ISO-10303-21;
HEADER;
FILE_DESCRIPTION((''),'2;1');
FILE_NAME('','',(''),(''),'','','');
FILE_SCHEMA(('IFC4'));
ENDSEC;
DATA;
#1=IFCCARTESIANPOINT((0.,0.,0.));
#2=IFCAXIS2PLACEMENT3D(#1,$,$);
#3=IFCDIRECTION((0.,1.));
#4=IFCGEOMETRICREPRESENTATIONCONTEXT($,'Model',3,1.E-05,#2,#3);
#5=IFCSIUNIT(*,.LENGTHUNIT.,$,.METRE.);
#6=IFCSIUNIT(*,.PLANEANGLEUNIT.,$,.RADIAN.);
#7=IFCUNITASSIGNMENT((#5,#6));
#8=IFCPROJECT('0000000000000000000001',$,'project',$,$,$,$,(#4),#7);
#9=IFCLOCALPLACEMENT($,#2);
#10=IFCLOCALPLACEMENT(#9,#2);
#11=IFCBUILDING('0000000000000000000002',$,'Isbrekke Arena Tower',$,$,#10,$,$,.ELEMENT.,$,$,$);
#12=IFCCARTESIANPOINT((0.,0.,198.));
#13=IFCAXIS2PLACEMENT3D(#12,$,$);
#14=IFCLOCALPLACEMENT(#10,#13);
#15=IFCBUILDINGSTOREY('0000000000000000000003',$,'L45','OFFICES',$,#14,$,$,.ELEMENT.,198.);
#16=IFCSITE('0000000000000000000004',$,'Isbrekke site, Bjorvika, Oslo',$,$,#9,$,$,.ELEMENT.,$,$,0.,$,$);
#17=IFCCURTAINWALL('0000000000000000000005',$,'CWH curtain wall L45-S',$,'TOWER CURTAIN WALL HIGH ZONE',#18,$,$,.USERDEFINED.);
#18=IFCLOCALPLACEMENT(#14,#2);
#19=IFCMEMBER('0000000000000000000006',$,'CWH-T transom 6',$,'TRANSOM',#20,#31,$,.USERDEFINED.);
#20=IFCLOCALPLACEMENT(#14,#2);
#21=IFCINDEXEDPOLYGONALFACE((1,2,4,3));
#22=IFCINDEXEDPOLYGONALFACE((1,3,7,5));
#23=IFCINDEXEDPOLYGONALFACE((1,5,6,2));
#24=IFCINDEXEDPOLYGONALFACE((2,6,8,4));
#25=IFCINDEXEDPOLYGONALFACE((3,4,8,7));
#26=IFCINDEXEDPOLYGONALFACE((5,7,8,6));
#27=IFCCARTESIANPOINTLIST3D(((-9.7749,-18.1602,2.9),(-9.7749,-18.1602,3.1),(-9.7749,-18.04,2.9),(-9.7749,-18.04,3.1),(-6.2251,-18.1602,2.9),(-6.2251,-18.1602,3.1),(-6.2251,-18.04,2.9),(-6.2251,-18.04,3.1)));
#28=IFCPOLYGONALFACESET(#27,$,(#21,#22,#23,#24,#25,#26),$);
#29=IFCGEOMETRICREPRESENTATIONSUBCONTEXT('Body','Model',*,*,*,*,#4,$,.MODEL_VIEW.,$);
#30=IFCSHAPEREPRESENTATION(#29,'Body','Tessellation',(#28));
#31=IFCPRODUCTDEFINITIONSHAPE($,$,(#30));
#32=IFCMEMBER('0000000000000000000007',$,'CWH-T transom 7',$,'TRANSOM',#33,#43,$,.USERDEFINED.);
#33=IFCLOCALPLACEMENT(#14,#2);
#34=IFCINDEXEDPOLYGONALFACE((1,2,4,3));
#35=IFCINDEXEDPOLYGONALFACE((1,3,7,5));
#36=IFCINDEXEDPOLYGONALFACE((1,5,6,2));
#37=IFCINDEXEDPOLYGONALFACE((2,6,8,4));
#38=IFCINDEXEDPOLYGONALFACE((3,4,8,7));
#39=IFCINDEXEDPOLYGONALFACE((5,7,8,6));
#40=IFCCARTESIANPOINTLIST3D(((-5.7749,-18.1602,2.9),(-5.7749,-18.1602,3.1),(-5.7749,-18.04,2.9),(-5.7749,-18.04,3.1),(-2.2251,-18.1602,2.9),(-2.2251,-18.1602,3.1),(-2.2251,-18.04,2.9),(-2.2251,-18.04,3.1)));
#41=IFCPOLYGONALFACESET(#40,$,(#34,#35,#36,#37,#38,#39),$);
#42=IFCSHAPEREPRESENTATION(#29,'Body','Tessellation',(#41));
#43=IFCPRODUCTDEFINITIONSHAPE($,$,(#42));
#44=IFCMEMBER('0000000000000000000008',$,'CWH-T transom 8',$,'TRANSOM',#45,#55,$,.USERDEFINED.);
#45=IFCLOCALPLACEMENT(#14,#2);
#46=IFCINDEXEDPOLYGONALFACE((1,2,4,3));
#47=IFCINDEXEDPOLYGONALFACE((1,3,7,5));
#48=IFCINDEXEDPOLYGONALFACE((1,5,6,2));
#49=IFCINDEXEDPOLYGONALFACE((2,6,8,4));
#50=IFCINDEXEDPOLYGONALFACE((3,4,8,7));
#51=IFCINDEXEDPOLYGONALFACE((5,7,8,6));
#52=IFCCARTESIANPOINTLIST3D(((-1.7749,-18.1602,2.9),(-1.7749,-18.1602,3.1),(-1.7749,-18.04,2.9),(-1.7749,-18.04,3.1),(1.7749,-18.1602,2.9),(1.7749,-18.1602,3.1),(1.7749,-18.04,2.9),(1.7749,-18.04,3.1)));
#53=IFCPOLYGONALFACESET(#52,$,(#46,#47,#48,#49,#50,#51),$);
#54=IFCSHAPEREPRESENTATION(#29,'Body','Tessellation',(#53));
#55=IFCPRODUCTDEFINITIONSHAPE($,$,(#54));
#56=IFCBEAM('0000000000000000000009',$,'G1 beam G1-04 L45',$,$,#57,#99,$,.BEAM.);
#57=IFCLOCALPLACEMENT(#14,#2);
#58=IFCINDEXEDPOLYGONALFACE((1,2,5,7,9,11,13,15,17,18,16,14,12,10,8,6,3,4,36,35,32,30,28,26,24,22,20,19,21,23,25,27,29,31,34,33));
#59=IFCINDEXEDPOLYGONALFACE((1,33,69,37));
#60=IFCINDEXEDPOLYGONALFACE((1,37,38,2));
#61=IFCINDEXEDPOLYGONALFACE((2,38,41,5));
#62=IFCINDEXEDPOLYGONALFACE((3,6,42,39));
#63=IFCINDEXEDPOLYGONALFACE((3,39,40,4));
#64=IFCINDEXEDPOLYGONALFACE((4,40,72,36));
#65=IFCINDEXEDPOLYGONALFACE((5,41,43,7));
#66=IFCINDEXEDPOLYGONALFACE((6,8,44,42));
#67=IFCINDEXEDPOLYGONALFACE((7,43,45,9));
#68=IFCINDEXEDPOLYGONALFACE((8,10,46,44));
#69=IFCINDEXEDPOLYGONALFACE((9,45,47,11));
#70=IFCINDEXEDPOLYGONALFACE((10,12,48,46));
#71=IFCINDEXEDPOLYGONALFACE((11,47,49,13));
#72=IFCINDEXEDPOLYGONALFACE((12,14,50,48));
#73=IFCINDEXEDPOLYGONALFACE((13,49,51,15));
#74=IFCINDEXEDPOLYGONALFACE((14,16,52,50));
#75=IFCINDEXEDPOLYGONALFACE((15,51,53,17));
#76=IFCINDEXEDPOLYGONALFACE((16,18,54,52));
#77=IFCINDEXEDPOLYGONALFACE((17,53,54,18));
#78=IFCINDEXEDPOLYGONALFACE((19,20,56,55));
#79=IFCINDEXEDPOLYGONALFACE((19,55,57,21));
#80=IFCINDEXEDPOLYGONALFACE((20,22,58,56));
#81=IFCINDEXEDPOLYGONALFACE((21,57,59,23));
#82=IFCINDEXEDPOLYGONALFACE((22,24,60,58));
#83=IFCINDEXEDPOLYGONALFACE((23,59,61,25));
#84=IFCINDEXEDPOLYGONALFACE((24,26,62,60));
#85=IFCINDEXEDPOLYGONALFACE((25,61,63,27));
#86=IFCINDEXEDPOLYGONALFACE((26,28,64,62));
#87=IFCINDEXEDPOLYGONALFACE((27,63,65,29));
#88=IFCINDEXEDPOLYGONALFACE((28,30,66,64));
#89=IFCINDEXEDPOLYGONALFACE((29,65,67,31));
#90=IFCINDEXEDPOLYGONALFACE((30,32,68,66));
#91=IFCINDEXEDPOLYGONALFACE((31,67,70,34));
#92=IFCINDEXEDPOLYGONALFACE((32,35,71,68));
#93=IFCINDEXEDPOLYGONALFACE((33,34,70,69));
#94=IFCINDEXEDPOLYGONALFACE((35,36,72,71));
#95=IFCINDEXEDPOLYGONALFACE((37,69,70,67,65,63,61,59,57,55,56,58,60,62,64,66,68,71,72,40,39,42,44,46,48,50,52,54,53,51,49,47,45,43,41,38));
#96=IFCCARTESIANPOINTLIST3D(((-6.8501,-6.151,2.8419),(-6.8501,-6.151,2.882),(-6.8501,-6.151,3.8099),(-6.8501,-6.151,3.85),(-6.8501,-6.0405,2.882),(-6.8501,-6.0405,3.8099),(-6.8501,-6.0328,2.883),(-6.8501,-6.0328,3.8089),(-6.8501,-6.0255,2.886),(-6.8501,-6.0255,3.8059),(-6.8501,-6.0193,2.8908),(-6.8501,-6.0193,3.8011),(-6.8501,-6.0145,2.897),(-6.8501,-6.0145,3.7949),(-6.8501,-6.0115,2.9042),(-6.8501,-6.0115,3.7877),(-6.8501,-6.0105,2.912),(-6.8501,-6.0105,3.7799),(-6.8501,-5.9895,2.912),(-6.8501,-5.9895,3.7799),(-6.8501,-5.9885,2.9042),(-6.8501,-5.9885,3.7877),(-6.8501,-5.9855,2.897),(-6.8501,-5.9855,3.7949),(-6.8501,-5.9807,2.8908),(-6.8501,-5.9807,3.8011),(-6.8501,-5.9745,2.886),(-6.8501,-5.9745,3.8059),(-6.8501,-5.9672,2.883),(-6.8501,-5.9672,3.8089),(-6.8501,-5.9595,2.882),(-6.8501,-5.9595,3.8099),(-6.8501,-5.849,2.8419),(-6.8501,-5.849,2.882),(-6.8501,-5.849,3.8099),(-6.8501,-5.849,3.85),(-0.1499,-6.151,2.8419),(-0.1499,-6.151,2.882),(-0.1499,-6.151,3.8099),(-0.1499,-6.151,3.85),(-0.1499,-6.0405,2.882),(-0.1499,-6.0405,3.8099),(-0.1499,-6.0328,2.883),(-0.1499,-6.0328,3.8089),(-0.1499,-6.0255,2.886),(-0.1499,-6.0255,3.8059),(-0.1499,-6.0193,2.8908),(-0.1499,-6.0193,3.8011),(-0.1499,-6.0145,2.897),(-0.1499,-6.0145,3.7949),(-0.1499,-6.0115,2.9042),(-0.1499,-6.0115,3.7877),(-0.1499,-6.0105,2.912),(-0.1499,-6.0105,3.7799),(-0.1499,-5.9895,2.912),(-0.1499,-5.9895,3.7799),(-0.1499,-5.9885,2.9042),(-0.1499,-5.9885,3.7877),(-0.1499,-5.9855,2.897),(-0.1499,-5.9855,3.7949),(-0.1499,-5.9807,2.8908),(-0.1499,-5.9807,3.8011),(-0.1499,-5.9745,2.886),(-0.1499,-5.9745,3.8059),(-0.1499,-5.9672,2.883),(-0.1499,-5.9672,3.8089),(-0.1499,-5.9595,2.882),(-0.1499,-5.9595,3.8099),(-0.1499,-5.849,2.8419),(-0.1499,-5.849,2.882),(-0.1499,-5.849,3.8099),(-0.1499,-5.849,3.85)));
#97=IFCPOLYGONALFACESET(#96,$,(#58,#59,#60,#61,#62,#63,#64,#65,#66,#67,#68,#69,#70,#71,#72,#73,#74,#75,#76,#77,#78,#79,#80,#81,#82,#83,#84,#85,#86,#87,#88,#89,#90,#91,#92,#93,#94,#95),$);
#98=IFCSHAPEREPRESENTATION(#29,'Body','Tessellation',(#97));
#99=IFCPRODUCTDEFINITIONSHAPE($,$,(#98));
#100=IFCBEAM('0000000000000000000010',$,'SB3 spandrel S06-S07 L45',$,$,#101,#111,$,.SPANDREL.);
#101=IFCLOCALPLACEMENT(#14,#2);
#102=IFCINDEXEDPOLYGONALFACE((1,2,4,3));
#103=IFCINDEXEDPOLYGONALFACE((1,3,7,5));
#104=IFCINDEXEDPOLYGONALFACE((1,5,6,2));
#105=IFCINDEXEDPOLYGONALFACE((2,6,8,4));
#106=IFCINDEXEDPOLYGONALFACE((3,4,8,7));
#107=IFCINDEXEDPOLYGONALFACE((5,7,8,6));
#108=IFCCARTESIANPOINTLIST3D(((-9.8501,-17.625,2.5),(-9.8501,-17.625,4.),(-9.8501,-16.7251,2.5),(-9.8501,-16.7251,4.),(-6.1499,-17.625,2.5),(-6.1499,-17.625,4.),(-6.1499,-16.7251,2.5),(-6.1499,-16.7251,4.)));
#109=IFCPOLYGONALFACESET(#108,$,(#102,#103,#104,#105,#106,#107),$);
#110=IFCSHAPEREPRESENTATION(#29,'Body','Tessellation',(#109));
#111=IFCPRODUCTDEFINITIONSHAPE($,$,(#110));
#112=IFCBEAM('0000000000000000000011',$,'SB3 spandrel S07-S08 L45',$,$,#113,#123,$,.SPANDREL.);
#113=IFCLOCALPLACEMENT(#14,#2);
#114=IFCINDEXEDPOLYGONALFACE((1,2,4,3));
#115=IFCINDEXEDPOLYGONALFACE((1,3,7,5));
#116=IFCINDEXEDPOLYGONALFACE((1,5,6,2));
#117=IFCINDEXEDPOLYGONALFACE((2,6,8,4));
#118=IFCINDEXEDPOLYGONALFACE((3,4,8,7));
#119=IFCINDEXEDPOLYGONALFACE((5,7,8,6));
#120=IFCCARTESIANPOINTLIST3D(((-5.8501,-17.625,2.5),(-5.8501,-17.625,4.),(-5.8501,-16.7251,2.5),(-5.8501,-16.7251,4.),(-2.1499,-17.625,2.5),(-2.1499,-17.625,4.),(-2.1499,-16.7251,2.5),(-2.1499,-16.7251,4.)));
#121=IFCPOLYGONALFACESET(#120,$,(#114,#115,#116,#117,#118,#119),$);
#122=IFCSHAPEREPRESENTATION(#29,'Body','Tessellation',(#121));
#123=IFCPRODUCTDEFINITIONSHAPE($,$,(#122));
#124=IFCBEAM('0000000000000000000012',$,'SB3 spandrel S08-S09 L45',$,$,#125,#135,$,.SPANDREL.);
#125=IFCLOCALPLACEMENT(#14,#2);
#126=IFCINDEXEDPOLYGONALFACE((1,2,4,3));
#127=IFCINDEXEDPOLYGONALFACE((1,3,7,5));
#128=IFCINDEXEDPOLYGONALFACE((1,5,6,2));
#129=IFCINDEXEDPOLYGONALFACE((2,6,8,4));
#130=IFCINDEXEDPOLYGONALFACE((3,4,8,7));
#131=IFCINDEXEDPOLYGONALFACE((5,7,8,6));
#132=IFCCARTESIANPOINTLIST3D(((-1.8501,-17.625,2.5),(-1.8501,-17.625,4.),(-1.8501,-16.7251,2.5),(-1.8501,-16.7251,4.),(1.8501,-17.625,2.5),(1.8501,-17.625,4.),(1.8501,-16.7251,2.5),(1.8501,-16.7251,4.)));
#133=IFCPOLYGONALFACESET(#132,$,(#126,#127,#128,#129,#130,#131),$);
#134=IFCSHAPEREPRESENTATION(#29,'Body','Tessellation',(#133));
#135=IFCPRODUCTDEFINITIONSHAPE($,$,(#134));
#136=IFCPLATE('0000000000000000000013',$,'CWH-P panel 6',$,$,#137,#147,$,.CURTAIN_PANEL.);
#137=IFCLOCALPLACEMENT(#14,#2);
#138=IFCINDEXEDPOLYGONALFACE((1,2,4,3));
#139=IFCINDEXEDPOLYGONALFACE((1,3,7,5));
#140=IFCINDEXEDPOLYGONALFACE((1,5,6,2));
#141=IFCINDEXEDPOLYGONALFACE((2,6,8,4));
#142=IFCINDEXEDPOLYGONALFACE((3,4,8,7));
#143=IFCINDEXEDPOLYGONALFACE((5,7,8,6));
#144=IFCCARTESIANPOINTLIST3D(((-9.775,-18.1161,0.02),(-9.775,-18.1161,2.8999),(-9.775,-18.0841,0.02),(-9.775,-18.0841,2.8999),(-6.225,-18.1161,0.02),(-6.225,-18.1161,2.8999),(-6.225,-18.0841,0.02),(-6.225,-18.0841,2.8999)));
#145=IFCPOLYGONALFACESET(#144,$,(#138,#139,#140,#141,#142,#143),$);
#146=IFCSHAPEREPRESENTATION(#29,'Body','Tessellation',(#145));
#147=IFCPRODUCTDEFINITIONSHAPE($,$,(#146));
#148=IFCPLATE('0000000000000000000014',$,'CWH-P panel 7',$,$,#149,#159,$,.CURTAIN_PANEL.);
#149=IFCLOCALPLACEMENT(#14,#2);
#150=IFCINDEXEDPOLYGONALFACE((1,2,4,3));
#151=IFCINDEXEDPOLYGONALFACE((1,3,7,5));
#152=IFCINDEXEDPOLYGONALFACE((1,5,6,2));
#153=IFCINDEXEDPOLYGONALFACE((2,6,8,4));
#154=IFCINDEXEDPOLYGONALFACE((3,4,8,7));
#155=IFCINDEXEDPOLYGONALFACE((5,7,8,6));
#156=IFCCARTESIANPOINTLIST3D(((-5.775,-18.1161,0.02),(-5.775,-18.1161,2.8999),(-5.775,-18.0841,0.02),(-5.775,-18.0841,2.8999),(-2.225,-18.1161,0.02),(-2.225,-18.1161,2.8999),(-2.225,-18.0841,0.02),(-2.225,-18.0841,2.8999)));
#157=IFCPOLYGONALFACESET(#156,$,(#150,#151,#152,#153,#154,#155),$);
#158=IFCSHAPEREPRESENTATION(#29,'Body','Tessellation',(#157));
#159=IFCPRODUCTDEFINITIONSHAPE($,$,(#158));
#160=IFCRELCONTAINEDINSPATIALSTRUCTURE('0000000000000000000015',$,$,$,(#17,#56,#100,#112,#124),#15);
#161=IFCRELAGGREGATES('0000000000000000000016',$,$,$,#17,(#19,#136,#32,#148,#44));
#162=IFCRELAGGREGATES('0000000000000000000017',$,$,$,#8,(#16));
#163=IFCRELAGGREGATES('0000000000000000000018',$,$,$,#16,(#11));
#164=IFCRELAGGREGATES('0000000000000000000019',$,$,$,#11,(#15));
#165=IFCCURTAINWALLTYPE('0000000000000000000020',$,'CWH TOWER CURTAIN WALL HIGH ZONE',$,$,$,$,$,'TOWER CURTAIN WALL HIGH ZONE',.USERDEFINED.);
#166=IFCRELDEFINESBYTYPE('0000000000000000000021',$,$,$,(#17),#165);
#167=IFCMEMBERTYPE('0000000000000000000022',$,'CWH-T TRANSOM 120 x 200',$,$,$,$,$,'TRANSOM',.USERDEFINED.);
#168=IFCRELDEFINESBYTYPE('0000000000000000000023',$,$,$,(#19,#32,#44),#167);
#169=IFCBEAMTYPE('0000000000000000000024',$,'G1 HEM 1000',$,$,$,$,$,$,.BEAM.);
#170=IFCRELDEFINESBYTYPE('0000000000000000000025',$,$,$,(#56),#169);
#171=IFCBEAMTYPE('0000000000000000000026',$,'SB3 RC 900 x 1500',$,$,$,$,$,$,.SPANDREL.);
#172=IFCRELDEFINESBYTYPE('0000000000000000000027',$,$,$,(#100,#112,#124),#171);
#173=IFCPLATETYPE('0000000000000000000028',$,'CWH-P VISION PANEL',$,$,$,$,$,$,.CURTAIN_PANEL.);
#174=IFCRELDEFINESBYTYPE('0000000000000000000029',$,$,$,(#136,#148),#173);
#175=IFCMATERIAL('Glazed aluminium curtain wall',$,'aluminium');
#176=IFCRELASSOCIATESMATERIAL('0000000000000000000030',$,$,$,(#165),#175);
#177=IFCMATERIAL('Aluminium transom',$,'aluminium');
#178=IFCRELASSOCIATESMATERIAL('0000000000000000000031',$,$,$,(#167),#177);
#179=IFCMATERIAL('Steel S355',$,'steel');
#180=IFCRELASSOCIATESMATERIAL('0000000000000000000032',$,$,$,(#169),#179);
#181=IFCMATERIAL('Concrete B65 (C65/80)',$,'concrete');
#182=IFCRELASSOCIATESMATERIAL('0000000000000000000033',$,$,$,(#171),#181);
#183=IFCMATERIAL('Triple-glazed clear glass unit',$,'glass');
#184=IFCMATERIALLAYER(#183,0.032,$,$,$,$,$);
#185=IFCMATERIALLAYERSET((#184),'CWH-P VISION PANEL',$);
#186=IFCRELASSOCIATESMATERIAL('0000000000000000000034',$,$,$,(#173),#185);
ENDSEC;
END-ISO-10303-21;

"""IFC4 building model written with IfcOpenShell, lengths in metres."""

from ifc_helpers import new_model, si_unit, direction, frame, origin, origin_2d, place, context, subcontext, project, spatial, rectangle, i_section, extrude, material, layer, layer_set, material_profile, profile_set, type_object, element, aggregate, save


model = new_model("IFC4")

# Units and contexts
model_context = context("Model", 3, precision=1e-05, world=origin(), true_north=direction((0.0, 1.0)))
body_context = subcontext(model_context, "Body", "Model", "MODEL_VIEW")
ifc_project = project(units=[si_unit("LENGTHUNIT", "METRE"), si_unit("PLANEANGLEUNIT", "RADIAN")], contexts=[model_context])

# Site, building, storey
site_placement = place(None, origin())
site = spatial("IfcSite", under=ifc_project, at=site_placement, Name="Isbrekke site, Bjorvika, Oslo", CompositionType="ELEMENT", RefElevation=0.0)
building_placement = place(site_placement, origin())
building = spatial("IfcBuilding", under=site, at=building_placement, Name="Isbrekke Arena Tower", CompositionType="ELEMENT")
storey_placement = place(building_placement, frame((0.0, 0.0, 198.0)))
storey = spatial("IfcBuildingStorey", under=building, at=storey_placement, Name="L45", Description="OFFICES", CompositionType="ELEMENT", Elevation=198.0)

# Curtain wall, members
ifc_material_1 = material(Name="Glazed aluminium curtain wall", Category="aluminium")
curtain_wall_type = type_object("IfcCurtainWallType", Name="CWH TOWER CURTAIN WALL HIGH ZONE", ElementType="TOWER CURTAIN WALL HIGH ZONE", PredefinedType="USERDEFINED", material=ifc_material_1)
curtain_wall_placement = place(storey_placement, origin())
curtain_wall = element("IfcCurtainWall", 1, at=curtain_wall_placement, inside=storey, type_object=curtain_wall_type, Name="CWH curtain wall L45-S", ObjectType="TOWER CURTAIN WALL HIGH ZONE", PredefinedType="USERDEFINED")
ifc_material_2 = material(Name="Aluminium transom", Category="aluminium")
ifc_material_profile_1 = material_profile(ifc_material_2, rectangle(XDim=0.1201, YDim=0.2, at=origin_2d()), Name="TRANSOM 120X200")
ifc_profile_set_1 = profile_set([ifc_material_profile_1], Name="Aluminium transom")
member_type_1 = type_object("IfcMemberType", Name="CWH-T TRANSOM 120 x 200", ElementType="TRANSOM", PredefinedType="USERDEFINED", material=ifc_profile_set_1)
member_1_placement = place(storey_placement, frame((-9.7749, -18.1001, 3.0), z_axis=(1.0, 0.0, 0.0), x_axis=(0.0, 1.0, 0.0)))
member_1 = element("IfcMember", 2, at=member_1_placement, type_object=member_type_1, Name="CWH-T transom 6", ObjectType="TRANSOM", PredefinedType="USERDEFINED", context=body_context, shape_type="SweptSolid", body=[
    extrude(rectangle(XDim=0.1201, YDim=0.2, at=origin_2d()), origin(), (0.0, 0.0, 1.0), 3.5498),
])
member_2_placement = place(storey_placement, frame((-5.7749, -18.1001, 3.0), z_axis=(1.0, 0.0, 0.0), x_axis=(0.0, 1.0, 0.0)))
member_2 = element("IfcMember", 3, at=member_2_placement, type_object=member_type_1, Name="CWH-T transom 7", ObjectType="TRANSOM", PredefinedType="USERDEFINED", context=body_context, shape_type="SweptSolid", body=[
    extrude(rectangle(XDim=0.1201, YDim=0.2, at=origin_2d()), origin(), (0.0, 0.0, 1.0), 3.5498),
])
member_3_placement = place(storey_placement, frame((-1.7749, -18.1001, 3.0), z_axis=(1.0, 0.0, 0.0), x_axis=(0.0, 1.0, 0.0)))
member_3 = element("IfcMember", 4, at=member_3_placement, type_object=member_type_1, Name="CWH-T transom 8", ObjectType="TRANSOM", PredefinedType="USERDEFINED", context=body_context, shape_type="SweptSolid", body=[
    extrude(rectangle(XDim=0.1201, YDim=0.2, at=origin_2d()), origin(), (0.0, 0.0, 1.0), 3.5498),
])

# Beams
ifc_material_3 = material(Name="Steel S355", Category="steel")
ifc_material_profile_2 = material_profile(ifc_material_3, i_section(OverallWidth=0.302, OverallDepth=1.0081, WebThickness=0.021, FlangeThickness=0.04, FilletRadius=0.03, at=origin_2d()), Name="HEM 1000")
ifc_profile_set_2 = profile_set([ifc_material_profile_2], Name="Steel S355")
beam_type_1 = type_object("IfcBeamType", Name="G1 HEM 1000", PredefinedType="BEAM", material=ifc_profile_set_2)
beam_1_placement = place(storey_placement, frame((-6.8501, -6.0, 3.3459), z_axis=(1.0, 0.0, 0.0), x_axis=(0.0, 1.0, 0.0)))
element("IfcBeam", 5, at=beam_1_placement, inside=storey, type_object=beam_type_1, Name="G1 beam G1-04 L45", PredefinedType="BEAM", context=body_context, shape_type="SweptSolid", body=[
    extrude(i_section(OverallWidth=0.302, OverallDepth=1.0081, WebThickness=0.021, FlangeThickness=0.04, FilletRadius=0.03, at=origin_2d()), origin(), (0.0, 0.0, 1.0), 6.7002),
])
ifc_material_4 = material(Name="Concrete B65 (C65/80)", Category="concrete")
ifc_material_profile_3 = material_profile(ifc_material_4, rectangle(XDim=0.8999, YDim=1.5, at=origin_2d()), Name="RC 900x1500")
ifc_profile_set_3 = profile_set([ifc_material_profile_3], Name="Concrete B65 (C65/80)")
beam_type_2 = type_object("IfcBeamType", Name="SB3 RC 900 x 1500", PredefinedType="SPANDREL", material=ifc_profile_set_3)
for number, where, z_axis, x_axis, name in (
    (6, (-9.8501, -17.175, 3.25), (1.0, 0.0, 0.0), (0.0, 1.0, 0.0), "SB3 spandrel S06-S07 L45"),
    (7, (-5.8501, -17.175, 3.25), (1.0, 0.0, 0.0), (0.0, 1.0, 0.0), "SB3 spandrel S07-S08 L45"),
    (8, (-1.8501, -17.175, 3.25), (1.0, 0.0, 0.0), (0.0, 1.0, 0.0), "SB3 spandrel S08-S09 L45"),
):
    element("IfcBeam", number, at=place(storey_placement, frame(where, z_axis=z_axis, x_axis=x_axis)), inside=storey, type_object=beam_type_2, Name=name, PredefinedType="SPANDREL", context=body_context, shape_type="SweptSolid", body=[
        extrude(rectangle(XDim=0.8999, YDim=1.5, at=origin_2d()), origin(), (0.0, 0.0, 1.0), 3.7002),
    ])

# Plates
ifc_material_5 = material(Name="Triple-glazed clear glass unit", Category="glass")
ifc_layer_1 = layer(ifc_material_5, 0.032)
ifc_layer_set_1 = layer_set([ifc_layer_1], Name="CWH-P VISION PANEL")
plate_type = type_object("IfcPlateType", Name="CWH-P VISION PANEL", PredefinedType="CURTAIN_PANEL", material=ifc_layer_set_1)
plate_1_placement = place(storey_placement, frame((-8.0, -18.1001, 0.02), z_axis=(0.0, 0.0, 1.0), x_axis=(1.0, 0.0, 0.0)))
plate_1 = element("IfcPlate", 9, at=plate_1_placement, type_object=plate_type, Name="CWH-P panel 6", PredefinedType="CURTAIN_PANEL", context=body_context, shape_type="SweptSolid", body=[
    extrude(rectangle(XDim=3.55, YDim=0.032, at=origin_2d()), origin(), (0.0, 0.0, 1.0), 2.8799),
])
plate_2_placement = place(storey_placement, frame((-4.0, -18.1001, 0.02), z_axis=(0.0, 0.0, 1.0), x_axis=(1.0, 0.0, 0.0)))
plate_2 = element("IfcPlate", 10, at=plate_2_placement, type_object=plate_type, Name="CWH-P panel 7", PredefinedType="CURTAIN_PANEL", context=body_context, shape_type="SweptSolid", body=[
    extrude(rectangle(XDim=3.55, YDim=0.032, at=origin_2d()), origin(), (0.0, 0.0, 1.0), 2.8799),
])
aggregate(curtain_wall, [member_1, plate_1, member_2, plate_2, member_3])

save(model, "model.ifc")
